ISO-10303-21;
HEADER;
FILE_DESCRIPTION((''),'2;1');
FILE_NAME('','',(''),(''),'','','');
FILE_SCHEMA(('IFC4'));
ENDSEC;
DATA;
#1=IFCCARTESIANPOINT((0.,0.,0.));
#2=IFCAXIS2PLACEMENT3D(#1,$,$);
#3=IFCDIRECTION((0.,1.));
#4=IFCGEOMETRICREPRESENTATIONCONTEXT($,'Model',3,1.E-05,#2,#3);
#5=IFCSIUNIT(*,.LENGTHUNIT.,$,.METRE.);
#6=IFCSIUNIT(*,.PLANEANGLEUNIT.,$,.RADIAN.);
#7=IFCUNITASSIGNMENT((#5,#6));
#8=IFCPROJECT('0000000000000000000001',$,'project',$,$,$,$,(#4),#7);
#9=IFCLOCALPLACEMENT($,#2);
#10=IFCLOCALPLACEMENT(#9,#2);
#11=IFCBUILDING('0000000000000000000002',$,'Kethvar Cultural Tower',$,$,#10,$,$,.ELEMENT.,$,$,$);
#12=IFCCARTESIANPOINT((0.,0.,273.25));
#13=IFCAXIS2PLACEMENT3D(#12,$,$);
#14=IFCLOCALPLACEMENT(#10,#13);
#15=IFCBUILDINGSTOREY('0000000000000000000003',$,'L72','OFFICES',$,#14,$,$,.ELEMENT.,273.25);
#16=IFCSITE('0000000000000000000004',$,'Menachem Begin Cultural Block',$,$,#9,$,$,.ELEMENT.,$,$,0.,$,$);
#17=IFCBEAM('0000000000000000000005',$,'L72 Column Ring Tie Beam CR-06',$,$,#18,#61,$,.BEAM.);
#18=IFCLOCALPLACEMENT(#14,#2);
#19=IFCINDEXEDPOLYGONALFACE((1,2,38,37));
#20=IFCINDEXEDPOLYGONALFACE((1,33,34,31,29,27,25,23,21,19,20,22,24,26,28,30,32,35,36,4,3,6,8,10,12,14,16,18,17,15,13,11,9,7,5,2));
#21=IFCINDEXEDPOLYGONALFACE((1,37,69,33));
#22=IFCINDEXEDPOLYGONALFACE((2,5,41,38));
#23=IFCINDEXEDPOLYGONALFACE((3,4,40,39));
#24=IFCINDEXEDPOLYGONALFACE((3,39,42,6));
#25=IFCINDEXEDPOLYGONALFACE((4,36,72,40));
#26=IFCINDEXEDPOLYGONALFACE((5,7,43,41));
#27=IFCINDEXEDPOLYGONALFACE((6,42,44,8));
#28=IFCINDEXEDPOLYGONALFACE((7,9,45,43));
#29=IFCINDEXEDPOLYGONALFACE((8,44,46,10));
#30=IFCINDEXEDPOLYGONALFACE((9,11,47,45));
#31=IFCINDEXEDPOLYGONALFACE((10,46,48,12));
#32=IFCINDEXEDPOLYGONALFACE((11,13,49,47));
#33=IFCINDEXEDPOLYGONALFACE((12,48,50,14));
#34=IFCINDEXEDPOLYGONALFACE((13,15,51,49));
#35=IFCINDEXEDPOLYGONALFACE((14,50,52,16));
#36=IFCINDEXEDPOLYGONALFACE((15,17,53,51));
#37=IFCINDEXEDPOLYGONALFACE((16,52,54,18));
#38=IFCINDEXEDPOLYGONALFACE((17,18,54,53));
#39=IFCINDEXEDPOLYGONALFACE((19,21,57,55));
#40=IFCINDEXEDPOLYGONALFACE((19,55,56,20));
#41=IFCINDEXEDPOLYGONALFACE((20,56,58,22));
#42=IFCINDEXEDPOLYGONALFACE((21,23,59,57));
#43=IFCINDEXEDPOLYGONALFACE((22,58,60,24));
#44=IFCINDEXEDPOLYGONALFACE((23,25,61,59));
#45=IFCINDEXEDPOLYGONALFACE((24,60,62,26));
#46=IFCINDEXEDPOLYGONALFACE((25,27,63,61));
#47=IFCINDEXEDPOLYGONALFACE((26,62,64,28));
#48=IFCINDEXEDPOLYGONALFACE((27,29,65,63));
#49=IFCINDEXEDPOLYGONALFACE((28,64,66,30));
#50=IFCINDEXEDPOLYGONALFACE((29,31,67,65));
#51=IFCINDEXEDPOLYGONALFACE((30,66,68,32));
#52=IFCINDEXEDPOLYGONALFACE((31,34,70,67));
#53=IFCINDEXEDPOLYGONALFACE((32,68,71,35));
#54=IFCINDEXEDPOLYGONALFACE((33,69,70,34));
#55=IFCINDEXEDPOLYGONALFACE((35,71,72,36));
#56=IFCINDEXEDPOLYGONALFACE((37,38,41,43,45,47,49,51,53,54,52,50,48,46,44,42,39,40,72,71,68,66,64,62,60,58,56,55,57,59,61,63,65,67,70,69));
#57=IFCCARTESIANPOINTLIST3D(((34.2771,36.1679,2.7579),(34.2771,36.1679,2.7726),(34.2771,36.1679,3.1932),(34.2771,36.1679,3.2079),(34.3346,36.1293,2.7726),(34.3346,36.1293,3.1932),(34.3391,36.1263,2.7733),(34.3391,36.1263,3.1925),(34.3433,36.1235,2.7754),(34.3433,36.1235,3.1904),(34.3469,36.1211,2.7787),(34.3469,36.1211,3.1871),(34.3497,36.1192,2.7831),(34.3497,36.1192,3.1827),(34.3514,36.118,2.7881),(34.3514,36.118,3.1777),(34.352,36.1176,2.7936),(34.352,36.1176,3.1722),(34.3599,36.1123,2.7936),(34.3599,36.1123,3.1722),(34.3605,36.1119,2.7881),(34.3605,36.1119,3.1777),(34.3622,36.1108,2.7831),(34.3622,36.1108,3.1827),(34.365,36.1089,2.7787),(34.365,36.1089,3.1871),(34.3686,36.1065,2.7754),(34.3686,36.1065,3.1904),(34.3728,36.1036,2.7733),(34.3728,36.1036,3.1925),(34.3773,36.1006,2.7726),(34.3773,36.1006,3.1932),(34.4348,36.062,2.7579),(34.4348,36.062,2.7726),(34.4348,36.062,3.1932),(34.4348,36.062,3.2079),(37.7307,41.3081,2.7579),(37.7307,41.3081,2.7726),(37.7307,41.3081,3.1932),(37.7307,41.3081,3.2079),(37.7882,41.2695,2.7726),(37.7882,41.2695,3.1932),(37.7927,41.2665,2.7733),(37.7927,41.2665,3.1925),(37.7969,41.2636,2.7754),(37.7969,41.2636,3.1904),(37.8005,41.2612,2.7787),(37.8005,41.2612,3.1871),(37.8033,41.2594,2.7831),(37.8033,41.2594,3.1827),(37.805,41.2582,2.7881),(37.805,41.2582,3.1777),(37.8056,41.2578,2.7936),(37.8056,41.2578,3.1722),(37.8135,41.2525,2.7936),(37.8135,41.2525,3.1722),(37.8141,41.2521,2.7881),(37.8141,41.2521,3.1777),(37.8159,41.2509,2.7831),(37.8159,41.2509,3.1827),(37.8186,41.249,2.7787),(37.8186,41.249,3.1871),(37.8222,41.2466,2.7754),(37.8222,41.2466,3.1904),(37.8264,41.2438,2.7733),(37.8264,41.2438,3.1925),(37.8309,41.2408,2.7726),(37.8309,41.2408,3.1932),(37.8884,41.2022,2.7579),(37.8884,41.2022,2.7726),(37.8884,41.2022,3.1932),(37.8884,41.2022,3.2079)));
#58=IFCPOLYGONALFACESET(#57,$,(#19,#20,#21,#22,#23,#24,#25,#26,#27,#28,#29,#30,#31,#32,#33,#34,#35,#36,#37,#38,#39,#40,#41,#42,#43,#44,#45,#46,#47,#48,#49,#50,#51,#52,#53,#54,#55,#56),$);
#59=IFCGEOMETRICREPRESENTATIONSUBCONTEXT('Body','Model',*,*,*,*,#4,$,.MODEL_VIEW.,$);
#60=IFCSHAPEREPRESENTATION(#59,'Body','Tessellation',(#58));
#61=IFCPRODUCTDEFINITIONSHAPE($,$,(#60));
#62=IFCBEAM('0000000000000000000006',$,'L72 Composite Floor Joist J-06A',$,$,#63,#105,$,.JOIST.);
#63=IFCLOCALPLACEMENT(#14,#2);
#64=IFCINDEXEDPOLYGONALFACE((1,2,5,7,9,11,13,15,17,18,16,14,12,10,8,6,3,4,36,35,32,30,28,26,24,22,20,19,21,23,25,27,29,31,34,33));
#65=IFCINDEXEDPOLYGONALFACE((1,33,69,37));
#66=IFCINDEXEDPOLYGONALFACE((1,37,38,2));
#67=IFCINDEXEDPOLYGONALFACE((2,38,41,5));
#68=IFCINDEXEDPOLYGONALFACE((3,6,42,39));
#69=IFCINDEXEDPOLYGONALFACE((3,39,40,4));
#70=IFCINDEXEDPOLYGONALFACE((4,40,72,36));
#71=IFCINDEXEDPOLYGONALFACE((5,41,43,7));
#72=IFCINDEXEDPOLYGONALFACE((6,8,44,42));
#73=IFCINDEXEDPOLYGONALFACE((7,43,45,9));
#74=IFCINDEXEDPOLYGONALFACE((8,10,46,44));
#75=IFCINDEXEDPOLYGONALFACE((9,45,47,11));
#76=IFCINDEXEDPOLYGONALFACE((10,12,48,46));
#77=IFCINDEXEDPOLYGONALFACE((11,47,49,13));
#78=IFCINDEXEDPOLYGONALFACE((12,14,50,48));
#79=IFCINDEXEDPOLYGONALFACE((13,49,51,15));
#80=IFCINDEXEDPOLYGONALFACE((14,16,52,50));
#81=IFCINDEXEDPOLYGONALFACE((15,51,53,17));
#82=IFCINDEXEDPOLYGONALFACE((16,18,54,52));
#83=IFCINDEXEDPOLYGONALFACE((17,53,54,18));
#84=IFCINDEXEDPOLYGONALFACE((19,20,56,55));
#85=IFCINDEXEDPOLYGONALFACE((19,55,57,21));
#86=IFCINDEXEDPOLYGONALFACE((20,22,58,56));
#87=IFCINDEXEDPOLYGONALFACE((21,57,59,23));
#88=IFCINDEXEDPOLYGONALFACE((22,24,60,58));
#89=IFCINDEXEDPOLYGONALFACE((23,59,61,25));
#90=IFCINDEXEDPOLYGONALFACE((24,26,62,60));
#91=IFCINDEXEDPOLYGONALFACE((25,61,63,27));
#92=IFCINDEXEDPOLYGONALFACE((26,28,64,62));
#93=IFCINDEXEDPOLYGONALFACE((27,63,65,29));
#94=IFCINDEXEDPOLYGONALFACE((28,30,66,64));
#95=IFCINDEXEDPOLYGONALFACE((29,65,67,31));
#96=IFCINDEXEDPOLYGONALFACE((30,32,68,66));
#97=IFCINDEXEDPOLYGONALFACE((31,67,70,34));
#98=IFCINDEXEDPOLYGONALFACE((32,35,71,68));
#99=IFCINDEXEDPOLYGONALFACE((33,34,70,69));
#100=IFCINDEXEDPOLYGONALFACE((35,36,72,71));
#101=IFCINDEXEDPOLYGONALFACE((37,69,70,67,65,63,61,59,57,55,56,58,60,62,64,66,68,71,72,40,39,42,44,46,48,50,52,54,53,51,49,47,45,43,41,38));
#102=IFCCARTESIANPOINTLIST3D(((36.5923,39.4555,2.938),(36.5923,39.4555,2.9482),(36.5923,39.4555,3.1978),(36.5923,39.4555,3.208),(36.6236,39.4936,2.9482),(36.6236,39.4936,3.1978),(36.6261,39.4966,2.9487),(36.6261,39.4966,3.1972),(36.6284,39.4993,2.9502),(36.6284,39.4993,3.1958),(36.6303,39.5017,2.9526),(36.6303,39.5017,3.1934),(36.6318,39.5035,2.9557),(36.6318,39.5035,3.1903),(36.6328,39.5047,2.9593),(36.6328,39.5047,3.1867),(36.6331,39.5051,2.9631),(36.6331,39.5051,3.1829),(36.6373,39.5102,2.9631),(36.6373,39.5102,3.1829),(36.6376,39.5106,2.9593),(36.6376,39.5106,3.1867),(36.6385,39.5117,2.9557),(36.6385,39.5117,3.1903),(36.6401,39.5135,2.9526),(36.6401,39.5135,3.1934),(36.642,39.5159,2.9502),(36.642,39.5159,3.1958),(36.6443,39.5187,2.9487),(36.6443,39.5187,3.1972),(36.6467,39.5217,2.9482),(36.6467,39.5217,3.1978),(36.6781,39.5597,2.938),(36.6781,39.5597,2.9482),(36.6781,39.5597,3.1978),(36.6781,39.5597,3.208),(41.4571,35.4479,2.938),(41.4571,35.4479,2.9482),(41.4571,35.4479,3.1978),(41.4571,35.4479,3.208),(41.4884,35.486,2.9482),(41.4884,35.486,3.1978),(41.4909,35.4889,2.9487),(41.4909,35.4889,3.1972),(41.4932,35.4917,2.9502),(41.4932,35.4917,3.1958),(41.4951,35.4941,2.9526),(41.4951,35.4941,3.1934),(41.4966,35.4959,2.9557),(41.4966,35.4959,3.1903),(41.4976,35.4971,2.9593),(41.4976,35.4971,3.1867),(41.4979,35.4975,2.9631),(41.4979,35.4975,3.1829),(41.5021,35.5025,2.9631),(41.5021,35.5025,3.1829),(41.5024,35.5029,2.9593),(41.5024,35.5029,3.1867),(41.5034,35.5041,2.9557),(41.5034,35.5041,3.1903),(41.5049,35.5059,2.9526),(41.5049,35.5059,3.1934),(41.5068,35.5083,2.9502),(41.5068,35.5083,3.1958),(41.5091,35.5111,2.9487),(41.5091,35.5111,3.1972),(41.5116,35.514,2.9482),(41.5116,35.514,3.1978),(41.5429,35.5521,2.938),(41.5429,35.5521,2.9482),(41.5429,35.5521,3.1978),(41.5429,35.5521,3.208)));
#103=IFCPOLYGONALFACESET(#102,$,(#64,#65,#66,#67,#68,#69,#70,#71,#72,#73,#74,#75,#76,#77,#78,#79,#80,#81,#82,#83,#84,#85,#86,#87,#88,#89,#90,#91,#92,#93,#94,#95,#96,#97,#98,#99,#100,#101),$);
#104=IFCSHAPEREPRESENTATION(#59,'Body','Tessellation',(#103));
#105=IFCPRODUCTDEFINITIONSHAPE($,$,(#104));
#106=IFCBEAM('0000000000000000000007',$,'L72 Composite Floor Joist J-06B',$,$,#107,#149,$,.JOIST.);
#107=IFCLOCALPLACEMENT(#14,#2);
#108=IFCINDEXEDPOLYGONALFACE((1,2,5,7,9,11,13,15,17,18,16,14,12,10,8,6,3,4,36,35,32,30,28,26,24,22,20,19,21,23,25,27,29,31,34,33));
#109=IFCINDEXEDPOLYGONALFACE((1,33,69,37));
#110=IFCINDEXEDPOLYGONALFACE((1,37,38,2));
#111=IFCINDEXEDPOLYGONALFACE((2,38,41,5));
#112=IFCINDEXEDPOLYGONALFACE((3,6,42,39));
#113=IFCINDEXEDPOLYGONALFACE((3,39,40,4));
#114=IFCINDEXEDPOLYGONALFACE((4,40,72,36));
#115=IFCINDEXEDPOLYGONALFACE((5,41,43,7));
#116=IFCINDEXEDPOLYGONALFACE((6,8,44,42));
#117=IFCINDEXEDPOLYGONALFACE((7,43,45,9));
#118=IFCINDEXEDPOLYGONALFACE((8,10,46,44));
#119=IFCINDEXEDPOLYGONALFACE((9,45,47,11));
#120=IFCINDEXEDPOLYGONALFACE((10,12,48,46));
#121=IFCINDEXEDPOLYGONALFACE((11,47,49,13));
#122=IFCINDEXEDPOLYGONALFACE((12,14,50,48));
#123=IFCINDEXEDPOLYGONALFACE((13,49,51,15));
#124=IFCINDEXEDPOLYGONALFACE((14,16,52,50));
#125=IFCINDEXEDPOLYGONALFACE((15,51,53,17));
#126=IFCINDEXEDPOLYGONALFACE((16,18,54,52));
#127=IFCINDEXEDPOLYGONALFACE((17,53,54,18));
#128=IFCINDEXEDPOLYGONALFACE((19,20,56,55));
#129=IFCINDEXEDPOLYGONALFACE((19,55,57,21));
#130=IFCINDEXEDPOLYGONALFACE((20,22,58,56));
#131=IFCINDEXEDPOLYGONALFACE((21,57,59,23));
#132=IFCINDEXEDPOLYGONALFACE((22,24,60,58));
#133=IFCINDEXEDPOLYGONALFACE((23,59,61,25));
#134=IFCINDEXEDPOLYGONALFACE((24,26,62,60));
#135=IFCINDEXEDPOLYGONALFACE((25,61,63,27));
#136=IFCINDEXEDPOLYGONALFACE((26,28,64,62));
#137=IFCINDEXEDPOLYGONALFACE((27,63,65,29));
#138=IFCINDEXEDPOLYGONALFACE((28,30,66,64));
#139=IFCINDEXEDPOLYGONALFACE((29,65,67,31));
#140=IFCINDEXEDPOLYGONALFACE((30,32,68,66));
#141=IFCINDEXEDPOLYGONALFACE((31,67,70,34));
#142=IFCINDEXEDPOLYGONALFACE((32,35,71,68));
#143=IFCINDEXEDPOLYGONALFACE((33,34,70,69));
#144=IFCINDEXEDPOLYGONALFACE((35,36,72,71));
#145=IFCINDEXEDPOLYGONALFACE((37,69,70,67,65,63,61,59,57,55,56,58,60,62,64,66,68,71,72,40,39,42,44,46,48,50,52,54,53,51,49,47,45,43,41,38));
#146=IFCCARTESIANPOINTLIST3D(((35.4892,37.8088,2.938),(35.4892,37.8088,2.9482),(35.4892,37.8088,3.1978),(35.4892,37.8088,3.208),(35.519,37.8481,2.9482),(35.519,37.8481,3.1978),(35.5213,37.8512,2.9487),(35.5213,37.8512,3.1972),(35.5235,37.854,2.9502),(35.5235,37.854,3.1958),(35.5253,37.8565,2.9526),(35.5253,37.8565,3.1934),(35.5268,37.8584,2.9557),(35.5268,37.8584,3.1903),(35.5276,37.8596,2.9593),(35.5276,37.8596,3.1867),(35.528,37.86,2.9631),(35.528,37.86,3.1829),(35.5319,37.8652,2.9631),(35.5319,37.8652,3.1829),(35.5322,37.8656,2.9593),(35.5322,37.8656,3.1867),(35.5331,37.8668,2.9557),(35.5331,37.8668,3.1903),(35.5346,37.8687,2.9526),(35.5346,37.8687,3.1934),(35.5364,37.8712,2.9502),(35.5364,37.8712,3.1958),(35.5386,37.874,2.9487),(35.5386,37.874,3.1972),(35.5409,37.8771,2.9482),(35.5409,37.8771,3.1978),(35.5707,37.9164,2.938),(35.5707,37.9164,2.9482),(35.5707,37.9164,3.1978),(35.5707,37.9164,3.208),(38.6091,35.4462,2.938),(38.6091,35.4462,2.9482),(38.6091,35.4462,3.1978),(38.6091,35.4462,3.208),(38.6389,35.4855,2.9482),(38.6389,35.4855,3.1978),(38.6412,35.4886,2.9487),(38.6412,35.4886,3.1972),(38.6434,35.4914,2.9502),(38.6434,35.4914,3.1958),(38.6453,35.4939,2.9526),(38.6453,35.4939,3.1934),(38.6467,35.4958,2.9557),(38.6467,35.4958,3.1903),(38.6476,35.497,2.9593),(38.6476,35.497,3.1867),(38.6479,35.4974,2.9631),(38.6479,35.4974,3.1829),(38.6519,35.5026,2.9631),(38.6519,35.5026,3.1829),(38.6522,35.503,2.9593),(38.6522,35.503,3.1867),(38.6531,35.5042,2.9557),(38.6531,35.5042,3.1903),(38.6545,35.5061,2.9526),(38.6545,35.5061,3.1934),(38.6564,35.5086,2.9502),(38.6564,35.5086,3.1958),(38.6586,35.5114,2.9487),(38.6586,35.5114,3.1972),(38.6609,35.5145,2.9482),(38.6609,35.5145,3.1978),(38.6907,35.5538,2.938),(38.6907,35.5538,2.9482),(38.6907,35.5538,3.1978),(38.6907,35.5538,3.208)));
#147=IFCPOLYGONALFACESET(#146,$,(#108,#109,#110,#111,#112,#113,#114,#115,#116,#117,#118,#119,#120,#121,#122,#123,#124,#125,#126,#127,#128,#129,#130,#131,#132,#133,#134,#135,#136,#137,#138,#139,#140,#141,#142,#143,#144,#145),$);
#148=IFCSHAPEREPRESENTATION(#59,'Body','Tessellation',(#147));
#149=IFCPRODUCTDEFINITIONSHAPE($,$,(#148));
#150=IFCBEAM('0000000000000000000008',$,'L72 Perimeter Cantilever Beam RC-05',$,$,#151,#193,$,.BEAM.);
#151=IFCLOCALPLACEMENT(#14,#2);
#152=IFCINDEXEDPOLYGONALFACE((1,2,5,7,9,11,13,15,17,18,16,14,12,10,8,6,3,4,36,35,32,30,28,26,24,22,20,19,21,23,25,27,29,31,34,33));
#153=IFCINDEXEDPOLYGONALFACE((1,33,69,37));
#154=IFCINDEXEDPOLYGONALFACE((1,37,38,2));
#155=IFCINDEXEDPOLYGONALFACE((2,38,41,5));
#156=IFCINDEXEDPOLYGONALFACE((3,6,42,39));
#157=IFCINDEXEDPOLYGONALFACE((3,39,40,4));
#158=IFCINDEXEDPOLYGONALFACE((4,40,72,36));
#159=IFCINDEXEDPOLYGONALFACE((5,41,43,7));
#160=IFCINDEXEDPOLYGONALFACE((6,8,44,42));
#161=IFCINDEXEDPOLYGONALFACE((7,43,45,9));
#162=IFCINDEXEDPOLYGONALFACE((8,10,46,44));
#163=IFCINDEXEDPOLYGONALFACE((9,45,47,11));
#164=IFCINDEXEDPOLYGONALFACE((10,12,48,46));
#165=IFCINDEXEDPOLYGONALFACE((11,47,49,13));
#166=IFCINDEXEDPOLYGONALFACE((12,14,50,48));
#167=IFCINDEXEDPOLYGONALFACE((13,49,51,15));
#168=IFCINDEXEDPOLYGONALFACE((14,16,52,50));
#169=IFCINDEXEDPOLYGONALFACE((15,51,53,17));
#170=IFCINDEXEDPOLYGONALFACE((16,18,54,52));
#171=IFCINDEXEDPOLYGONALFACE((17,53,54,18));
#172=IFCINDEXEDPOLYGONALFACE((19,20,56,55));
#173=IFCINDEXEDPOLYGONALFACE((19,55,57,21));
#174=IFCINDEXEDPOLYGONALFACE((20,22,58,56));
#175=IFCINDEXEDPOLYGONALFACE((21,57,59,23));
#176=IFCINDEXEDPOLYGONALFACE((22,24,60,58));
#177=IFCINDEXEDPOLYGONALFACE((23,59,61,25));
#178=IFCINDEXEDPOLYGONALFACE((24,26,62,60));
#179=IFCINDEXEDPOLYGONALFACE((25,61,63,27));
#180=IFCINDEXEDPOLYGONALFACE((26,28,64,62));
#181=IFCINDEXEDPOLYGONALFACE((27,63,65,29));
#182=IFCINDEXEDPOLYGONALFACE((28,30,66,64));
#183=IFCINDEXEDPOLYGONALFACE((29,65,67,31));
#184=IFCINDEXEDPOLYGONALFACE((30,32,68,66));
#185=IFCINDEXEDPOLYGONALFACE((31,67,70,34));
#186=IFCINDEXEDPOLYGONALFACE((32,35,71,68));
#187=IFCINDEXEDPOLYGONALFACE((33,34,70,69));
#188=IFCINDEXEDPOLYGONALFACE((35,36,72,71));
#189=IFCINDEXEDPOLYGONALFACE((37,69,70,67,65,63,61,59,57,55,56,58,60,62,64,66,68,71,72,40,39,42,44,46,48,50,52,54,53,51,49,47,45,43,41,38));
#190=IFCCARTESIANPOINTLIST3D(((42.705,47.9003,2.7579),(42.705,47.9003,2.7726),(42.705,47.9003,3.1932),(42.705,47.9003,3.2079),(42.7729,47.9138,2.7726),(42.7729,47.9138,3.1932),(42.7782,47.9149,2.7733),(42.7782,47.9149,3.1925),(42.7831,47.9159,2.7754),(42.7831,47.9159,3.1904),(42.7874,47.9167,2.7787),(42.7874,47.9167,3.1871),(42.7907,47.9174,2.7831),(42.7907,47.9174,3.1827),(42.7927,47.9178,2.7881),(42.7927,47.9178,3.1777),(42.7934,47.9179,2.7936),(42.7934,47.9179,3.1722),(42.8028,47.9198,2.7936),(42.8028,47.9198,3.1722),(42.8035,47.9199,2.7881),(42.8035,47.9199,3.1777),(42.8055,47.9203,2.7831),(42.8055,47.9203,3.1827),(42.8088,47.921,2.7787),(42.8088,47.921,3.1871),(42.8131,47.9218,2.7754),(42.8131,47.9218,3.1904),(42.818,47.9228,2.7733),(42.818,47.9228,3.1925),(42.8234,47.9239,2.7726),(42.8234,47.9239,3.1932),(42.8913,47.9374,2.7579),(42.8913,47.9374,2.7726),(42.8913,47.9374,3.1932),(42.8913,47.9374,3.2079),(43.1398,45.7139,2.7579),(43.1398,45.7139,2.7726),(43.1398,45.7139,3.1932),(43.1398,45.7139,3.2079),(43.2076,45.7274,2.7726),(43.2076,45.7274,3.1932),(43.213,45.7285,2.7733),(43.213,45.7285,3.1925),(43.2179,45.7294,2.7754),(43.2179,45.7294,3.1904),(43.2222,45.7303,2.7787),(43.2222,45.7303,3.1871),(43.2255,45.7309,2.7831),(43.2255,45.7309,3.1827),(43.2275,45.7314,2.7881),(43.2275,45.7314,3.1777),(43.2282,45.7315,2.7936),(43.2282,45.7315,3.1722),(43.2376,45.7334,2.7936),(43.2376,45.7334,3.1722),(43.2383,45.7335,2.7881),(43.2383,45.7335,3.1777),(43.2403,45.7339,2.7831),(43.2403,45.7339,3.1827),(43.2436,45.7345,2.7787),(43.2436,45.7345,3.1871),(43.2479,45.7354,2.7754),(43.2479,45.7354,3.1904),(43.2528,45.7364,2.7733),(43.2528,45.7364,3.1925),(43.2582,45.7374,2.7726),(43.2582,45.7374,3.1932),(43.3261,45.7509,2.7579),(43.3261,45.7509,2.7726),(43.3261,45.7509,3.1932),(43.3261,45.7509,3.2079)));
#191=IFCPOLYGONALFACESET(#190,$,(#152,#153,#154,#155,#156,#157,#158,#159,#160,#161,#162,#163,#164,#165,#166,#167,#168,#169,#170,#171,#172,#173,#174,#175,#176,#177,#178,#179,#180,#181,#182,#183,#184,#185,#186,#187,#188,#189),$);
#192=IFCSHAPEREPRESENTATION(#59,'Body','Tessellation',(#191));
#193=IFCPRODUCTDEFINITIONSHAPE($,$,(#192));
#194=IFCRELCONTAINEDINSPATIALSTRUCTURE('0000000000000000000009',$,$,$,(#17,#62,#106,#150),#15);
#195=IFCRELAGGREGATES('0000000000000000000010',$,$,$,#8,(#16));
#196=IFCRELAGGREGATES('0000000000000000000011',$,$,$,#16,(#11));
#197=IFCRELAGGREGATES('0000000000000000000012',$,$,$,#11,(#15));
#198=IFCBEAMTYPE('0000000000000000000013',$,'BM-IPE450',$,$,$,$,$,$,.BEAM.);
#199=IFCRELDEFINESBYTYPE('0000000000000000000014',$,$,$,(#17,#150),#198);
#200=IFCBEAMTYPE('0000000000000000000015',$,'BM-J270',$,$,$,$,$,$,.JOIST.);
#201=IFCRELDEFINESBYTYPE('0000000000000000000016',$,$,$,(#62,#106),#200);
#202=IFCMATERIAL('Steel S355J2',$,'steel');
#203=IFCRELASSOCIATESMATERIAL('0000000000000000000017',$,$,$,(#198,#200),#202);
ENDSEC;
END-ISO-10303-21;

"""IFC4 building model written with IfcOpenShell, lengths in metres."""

from ifc_helpers import new_model, si_unit, direction, frame, origin, origin_2d, place, context, subcontext, project, spatial, i_section, extrude, source, transform, mapped, material, material_profile, profile_set, type_object, element, save


model = new_model("IFC4")

# Units and contexts
model_context = context("Model", 3, precision=1e-05, world=origin(), true_north=direction((0.0, 1.0)))
body_context = subcontext(model_context, "Body", "Model", "MODEL_VIEW")
ifc_project = project(units=[si_unit("LENGTHUNIT", "METRE"), si_unit("PLANEANGLEUNIT", "RADIAN")], contexts=[model_context])

# Site, building, storey
site_placement = place(None, origin())
site = spatial("IfcSite", under=ifc_project, at=site_placement, Name="Menachem Begin Cultural Block", CompositionType="ELEMENT", RefElevation=0.0)
building_placement = place(site_placement, origin())
building = spatial("IfcBuilding", under=site, at=building_placement, Name="Kethvar Cultural Tower", CompositionType="ELEMENT")
storey_placement = place(building_placement, frame((0.0, 0.0, 273.25)))
storey = spatial("IfcBuildingStorey", under=building, at=storey_placement, Name="L72", Description="OFFICES", CompositionType="ELEMENT", Elevation=273.25)

# Shared definitions
ifc_material_1 = material(Name="Steel S355J2", Category="steel")

# Beams
ifc_material_profile_1 = material_profile(ifc_material_1, i_section(OverallWidth=0.1899, OverallDepth=0.45, WebThickness=0.0095, FlangeThickness=0.0146, FilletRadius=0.021, at=origin_2d()), Name="Steel S355J2 — IPE450")
ifc_profile_set_1 = profile_set([ifc_material_profile_1], Name="Steel S355J2 — IPE450")
beam_type_1 = type_object("IfcBeamType", Name="BM-IPE450", PredefinedType="BEAM", material=ifc_profile_set_1)
ifc_material_profile_2 = material_profile(ifc_material_1, i_section(OverallWidth=0.135, OverallDepth=0.27, WebThickness=0.0066, FlangeThickness=0.0103, FilletRadius=0.0149, at=origin_2d()), Name="Steel S355J2 — IPE270")
ifc_profile_set_2 = profile_set([ifc_material_profile_2], Name="Steel S355J2 — IPE270")
beam_type_2 = type_object("IfcBeamType", Name="BM-J270", PredefinedType="JOIST", material=ifc_profile_set_2)
shared_shape_1 = source(origin(), body_context, "Body", "SweptSolid", [
    extrude(i_section(OverallWidth=0.1899, OverallDepth=0.45, WebThickness=0.0095, FlangeThickness=0.0146, FilletRadius=0.021, at=origin_2d()), origin(), (0.0, 0.0, 1.0), 6.1926),
])
beam_1_placement = place(storey_placement, frame((37.8096, 41.2551, 2.9829), z_axis=(-0.557699, -0.830043, 0.0), x_axis=(0.830043, -0.557699, 0.0)))
element("IfcBeam", 1, at=beam_1_placement, inside=storey, type_object=beam_type_1, Name="L72 Column Ring Tie Beam CR-06", PredefinedType="BEAM", context=body_context, shape_type="MappedRepresentation", body=[
    mapped(shared_shape_1, transform((0.0, 0.0, 0.0), scale=1.0)),
])
shared_shape_2 = source(origin(), body_context, "Body", "SweptSolid", [
    extrude(i_section(OverallWidth=0.135, OverallDepth=0.27, WebThickness=0.0066, FlangeThickness=0.0103, FilletRadius=0.0149, at=origin_2d()), origin(), (0.0, 0.0, 1.0), 6.303),
])
beam_2_placement = place(storey_placement, frame((41.5, 35.5, 3.073), z_axis=(-0.771828, 0.635831, 0.0), x_axis=(-0.635831, -0.771828, 0.0)))
element("IfcBeam", 2, at=beam_2_placement, inside=storey, type_object=beam_type_2, Name="L72 Composite Floor Joist J-06A", PredefinedType="JOIST", context=body_context, shape_type="MappedRepresentation", body=[
    mapped(shared_shape_2, transform((0.0, 0.0, 0.0), scale=1.0)),
])
shared_shape_3 = source(origin(), body_context, "Body", "SweptSolid", [
    extrude(i_section(OverallWidth=0.135, OverallDepth=0.27, WebThickness=0.0066, FlangeThickness=0.0103, FilletRadius=0.0149, at=origin_2d()), origin(), (0.0, 0.0, 1.0), 3.9136),
])
beam_3_placement = place(storey_placement, frame((38.6499, 35.5, 3.073), z_axis=(-0.797214, 0.603697, 0.0), x_axis=(-0.603697, -0.797214, 0.0)))
element("IfcBeam", 3, at=beam_3_placement, inside=storey, type_object=beam_type_2, Name="L72 Composite Floor Joist J-06B", PredefinedType="JOIST", context=body_context, shape_type="MappedRepresentation", body=[
    mapped(shared_shape_3, transform((0.0, 0.0, 0.0), scale=1.0)),
])
shared_shape_4 = source(origin(), body_context, "Body", "SweptSolid", [
    extrude(i_section(OverallWidth=0.1899, OverallDepth=0.45, WebThickness=0.0095, FlangeThickness=0.0146, FilletRadius=0.021, at=origin_2d()), origin(), (0.0, 0.0, 1.0), 2.2292),
])
beam_4_placement = place(storey_placement, frame((43.2329, 45.7324, 2.9829), z_axis=(-0.195042, 0.980795, 0.0), x_axis=(-0.980795, -0.195042, 0.0)))
element("IfcBeam", 4, at=beam_4_placement, inside=storey, type_object=beam_type_1, Name="L72 Perimeter Cantilever Beam RC-05", PredefinedType="BEAM", context=body_context, shape_type="MappedRepresentation", body=[
    mapped(shared_shape_4, transform((0.0, 0.0, 0.0), scale=1.0)),
])

save(model, "model.ifc")
